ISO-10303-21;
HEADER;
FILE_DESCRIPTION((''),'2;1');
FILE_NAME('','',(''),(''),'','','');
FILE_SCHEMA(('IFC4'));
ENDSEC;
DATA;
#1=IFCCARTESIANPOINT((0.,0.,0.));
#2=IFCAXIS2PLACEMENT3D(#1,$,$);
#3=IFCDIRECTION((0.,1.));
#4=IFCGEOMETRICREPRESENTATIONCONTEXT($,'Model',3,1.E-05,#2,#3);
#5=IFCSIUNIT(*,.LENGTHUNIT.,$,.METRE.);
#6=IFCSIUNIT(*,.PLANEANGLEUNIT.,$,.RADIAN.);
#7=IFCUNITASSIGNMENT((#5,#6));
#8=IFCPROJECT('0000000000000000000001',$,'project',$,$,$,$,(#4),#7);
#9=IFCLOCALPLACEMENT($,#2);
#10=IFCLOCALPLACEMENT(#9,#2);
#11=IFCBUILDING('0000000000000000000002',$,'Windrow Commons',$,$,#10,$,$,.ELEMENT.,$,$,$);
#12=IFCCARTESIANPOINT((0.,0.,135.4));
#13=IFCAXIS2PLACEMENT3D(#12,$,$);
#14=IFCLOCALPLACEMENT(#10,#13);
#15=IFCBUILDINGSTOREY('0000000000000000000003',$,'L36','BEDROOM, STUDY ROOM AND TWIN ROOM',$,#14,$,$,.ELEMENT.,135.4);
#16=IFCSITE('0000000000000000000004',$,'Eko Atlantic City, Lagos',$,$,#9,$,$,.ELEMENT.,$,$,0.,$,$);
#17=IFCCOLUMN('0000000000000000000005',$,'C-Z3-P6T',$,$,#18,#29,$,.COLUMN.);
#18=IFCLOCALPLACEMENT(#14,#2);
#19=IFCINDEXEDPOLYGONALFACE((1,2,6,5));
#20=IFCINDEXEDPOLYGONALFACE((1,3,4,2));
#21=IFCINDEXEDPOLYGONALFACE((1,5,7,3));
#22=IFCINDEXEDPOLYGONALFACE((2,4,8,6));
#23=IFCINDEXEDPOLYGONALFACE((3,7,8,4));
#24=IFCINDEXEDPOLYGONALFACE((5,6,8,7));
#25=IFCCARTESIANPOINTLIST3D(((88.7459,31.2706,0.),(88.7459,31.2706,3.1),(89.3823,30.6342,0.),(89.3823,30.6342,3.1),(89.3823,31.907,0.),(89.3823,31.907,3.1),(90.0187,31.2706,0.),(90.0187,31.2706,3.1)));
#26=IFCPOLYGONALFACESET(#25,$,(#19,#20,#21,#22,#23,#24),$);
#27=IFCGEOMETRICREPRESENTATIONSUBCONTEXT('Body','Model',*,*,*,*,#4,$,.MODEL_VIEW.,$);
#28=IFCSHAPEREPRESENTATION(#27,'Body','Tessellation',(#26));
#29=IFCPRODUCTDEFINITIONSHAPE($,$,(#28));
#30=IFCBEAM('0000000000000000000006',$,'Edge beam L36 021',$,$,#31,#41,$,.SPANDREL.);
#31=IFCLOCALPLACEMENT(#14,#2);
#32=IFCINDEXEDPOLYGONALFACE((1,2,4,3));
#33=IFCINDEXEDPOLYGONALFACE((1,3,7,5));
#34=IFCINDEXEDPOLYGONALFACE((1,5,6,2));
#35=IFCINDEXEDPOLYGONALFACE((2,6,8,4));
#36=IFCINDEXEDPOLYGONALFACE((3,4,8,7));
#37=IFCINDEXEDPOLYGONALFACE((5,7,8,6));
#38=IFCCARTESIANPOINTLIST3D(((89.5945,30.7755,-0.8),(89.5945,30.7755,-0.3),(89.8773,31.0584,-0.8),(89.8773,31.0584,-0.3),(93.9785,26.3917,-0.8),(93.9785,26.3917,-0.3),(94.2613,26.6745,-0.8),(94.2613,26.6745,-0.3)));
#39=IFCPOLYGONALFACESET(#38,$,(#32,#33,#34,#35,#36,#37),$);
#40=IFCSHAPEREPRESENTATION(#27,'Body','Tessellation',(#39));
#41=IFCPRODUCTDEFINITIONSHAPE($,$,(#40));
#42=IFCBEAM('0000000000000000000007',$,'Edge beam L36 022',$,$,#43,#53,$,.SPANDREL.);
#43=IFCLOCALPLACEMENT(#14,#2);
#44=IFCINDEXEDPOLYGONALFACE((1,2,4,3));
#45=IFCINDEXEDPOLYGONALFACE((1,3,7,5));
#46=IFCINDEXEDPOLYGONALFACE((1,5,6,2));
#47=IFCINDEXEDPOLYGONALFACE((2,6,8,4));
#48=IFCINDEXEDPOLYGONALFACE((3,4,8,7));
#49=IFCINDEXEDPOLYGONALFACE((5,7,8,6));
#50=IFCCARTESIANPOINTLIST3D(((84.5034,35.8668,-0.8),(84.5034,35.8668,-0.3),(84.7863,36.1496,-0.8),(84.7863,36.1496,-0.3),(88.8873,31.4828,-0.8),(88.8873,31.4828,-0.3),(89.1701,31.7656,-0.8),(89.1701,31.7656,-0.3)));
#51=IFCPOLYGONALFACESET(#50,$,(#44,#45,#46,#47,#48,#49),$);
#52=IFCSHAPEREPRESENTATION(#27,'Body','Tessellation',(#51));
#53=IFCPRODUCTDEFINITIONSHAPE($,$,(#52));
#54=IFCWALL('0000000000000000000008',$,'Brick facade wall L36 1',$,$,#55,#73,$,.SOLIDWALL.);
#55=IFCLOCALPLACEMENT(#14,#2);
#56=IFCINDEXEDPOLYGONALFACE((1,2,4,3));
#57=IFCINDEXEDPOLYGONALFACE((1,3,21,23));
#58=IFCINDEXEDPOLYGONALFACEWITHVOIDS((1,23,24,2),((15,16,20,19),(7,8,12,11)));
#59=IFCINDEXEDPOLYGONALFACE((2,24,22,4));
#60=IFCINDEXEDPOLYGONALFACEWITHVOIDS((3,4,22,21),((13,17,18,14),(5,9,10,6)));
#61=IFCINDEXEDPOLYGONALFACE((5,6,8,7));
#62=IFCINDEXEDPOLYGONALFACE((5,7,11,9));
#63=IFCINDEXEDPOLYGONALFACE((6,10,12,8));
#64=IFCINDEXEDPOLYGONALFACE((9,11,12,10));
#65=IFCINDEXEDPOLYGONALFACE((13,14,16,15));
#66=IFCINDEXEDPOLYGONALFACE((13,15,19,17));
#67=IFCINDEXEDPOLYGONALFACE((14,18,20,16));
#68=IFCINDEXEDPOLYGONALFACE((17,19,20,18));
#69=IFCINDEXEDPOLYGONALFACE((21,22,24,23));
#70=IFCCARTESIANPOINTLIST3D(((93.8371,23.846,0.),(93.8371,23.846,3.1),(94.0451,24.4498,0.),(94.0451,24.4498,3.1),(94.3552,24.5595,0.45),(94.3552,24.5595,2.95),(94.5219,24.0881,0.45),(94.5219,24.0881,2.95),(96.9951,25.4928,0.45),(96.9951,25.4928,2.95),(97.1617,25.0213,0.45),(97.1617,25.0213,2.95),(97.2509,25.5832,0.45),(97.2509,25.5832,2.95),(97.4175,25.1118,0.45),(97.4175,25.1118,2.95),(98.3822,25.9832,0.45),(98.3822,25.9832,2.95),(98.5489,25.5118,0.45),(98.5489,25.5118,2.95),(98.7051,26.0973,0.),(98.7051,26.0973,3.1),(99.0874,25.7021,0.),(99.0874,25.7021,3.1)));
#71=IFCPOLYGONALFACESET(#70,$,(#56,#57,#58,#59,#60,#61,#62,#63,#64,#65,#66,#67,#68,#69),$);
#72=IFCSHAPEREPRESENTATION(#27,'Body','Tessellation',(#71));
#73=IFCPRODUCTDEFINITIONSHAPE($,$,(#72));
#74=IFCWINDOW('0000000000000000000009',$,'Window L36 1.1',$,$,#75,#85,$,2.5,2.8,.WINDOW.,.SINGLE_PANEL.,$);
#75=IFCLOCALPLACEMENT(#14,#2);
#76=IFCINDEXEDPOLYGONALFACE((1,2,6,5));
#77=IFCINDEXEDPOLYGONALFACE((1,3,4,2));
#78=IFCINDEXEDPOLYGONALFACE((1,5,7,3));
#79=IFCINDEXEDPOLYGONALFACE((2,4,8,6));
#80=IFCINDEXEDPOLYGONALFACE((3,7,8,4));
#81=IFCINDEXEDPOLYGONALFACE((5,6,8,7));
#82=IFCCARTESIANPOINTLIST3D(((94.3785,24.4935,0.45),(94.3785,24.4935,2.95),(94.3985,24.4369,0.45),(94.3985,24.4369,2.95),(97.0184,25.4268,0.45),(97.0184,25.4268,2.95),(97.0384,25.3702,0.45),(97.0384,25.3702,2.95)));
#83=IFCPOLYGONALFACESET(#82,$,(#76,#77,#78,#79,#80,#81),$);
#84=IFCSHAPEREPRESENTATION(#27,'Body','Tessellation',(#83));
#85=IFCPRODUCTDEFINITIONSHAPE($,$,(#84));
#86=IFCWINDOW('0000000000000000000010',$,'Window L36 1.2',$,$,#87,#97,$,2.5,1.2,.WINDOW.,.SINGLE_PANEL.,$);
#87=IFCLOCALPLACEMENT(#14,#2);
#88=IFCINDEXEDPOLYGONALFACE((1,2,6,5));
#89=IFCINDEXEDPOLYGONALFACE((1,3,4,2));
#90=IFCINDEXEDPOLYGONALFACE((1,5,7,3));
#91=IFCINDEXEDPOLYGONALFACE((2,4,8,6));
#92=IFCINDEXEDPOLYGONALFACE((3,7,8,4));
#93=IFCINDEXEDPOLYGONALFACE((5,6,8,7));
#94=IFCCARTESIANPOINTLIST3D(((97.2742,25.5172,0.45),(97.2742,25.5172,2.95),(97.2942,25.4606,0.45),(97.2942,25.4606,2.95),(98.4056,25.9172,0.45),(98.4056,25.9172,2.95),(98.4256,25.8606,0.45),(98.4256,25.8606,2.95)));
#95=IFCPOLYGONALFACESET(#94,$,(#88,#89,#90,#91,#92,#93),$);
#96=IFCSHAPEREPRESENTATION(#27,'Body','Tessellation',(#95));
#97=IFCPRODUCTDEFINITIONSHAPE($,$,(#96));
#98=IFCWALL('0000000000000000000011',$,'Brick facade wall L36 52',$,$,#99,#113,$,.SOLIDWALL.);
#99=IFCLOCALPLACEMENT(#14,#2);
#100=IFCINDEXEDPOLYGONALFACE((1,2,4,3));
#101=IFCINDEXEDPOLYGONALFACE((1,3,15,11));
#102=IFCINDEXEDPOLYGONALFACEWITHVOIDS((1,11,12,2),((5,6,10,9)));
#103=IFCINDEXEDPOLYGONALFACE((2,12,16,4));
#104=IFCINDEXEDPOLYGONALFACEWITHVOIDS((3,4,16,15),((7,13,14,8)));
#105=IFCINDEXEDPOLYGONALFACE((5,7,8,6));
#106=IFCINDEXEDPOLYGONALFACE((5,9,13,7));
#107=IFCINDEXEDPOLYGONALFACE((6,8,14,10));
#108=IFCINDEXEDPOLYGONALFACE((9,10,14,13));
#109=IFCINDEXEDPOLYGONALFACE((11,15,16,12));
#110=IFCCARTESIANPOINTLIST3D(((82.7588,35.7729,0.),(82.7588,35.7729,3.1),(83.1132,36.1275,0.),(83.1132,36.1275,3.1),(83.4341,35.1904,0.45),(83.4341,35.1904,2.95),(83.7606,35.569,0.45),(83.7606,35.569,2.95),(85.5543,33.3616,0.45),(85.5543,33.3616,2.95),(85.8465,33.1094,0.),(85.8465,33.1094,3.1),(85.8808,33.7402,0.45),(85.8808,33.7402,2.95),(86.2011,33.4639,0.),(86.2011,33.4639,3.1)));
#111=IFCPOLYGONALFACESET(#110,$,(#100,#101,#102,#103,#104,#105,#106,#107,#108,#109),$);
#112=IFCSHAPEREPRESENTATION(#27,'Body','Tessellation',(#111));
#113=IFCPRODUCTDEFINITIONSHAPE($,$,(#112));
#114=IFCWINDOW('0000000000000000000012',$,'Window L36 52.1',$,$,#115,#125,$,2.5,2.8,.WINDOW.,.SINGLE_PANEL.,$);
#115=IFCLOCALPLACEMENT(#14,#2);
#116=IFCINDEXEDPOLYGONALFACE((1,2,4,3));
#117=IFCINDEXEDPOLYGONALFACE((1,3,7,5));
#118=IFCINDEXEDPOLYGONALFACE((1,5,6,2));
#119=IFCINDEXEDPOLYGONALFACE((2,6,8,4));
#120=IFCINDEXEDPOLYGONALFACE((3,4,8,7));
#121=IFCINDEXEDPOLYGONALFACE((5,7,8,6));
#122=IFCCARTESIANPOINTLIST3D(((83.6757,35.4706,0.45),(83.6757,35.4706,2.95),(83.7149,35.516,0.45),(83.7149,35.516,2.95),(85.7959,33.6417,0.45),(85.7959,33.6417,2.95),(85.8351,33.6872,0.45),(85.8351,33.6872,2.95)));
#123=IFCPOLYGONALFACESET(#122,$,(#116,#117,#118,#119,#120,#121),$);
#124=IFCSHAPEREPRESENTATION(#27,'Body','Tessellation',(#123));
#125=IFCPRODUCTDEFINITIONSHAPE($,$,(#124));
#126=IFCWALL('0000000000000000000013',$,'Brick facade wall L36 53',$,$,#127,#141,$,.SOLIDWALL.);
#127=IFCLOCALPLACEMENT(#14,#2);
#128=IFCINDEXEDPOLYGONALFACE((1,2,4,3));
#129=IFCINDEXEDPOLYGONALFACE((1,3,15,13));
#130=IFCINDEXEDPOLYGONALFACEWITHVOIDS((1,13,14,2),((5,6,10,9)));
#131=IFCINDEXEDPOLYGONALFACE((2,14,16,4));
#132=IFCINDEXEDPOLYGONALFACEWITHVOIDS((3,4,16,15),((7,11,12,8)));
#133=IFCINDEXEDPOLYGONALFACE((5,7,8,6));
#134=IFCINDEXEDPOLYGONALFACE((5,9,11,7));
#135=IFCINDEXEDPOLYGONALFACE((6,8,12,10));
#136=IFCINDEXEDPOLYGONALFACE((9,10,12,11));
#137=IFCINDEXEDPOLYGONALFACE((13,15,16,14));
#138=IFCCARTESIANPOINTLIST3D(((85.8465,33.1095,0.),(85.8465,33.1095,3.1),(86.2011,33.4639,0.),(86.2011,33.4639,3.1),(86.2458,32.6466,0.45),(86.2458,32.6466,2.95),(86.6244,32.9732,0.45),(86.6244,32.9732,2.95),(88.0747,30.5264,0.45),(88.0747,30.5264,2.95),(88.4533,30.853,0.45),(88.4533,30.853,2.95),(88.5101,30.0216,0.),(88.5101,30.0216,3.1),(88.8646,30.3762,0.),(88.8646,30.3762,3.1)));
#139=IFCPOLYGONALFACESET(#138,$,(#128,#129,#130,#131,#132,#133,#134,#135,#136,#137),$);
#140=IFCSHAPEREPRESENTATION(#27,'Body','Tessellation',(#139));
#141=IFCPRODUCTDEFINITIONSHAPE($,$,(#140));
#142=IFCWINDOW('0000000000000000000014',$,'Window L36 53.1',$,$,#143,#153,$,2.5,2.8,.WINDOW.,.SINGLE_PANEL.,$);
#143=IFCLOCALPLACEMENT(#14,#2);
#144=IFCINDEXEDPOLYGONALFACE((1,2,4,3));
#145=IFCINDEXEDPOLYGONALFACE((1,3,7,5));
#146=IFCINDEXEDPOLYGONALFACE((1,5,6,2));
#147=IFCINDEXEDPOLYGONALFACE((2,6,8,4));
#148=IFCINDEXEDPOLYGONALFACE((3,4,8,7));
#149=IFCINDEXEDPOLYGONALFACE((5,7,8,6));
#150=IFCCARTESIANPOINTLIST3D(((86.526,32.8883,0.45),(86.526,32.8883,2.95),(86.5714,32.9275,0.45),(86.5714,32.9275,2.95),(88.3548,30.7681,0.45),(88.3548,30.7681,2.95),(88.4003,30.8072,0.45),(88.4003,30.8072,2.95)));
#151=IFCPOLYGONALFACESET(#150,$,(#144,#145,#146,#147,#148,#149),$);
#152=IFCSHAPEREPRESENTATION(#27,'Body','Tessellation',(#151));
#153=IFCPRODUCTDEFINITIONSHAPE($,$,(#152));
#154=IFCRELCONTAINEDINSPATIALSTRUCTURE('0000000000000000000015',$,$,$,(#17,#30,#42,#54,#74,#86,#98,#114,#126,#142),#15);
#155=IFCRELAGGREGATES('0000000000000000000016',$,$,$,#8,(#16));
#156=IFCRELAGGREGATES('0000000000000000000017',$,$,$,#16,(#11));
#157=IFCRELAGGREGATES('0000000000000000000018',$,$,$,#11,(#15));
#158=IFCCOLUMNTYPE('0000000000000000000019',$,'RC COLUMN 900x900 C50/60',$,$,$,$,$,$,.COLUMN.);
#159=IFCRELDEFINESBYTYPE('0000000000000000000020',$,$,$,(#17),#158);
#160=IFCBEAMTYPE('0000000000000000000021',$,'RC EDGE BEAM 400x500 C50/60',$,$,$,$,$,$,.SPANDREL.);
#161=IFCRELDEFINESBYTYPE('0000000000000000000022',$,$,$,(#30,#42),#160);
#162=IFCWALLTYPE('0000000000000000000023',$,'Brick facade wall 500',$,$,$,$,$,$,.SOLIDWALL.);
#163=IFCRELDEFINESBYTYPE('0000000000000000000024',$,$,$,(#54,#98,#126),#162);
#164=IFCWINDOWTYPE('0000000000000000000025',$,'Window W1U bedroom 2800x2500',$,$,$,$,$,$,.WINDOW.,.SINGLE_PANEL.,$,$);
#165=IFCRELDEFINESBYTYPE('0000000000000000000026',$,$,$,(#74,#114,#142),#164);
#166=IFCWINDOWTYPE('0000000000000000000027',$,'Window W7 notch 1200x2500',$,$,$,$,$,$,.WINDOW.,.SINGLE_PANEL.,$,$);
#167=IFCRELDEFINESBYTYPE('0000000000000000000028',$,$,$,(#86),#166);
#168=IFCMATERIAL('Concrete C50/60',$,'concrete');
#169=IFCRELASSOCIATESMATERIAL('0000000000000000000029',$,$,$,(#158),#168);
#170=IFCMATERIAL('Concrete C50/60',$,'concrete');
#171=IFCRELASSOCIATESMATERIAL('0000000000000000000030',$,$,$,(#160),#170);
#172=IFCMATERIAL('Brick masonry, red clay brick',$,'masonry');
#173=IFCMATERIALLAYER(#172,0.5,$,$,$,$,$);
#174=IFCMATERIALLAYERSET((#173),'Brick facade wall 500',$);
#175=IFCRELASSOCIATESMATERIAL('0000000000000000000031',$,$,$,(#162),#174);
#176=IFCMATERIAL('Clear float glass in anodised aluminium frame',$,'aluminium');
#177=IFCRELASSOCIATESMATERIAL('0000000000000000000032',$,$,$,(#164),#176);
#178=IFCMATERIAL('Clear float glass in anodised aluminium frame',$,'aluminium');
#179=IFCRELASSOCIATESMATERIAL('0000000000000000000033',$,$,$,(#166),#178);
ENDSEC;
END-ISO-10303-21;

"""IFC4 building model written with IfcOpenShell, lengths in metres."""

from ifc_helpers import new_model, si_unit, direction, frame, frame_2d, origin, origin_2d, place, context, subcontext, project, spatial, polyline, rectangle, outline, extrude, material, layer, layer_set, material_profile, profile_set, type_object, element, fill, save


model = new_model("IFC4")

# Units and contexts
model_context = context("Model", 3, precision=1e-05, world=origin(), true_north=direction((0.0, 1.0)))
body_context = subcontext(model_context, "Body", "Model", "MODEL_VIEW")
ifc_project = project(units=[si_unit("LENGTHUNIT", "METRE"), si_unit("PLANEANGLEUNIT", "RADIAN")], contexts=[model_context])

# Site, building, storey
site_placement = place(None, origin())
site = spatial("IfcSite", under=ifc_project, at=site_placement, Name="Eko Atlantic City, Lagos", CompositionType="ELEMENT", RefElevation=0.0)
building_placement = place(site_placement, origin())
building = spatial("IfcBuilding", under=site, at=building_placement, Name="Windrow Commons", CompositionType="ELEMENT")
storey_placement = place(building_placement, frame((0.0, 0.0, 135.4)))
storey = spatial("IfcBuildingStorey", under=building, at=storey_placement, Name="L36", Description="BEDROOM, STUDY ROOM AND TWIN ROOM", CompositionType="ELEMENT", Elevation=135.4)

# Column
ifc_material_1 = material(Name="Concrete C50/60", Category="concrete")
ifc_material_profile_1 = material_profile(ifc_material_1, rectangle(XDim=0.9, YDim=0.9, at=origin_2d()))
ifc_profile_set_1 = profile_set([ifc_material_profile_1], Name="Concrete C50/60")
column_type = type_object("IfcColumnType", Name="RC COLUMN 900x900 C50/60", PredefinedType="COLUMN", material=ifc_profile_set_1)
column_placement = place(storey_placement, frame((89.3823, 31.2706, 0.0), z_axis=(0.0, 0.0, 1.0), x_axis=(0.707107, -0.707107, 0.0)))
element("IfcColumn", 1, at=column_placement, inside=storey, type_object=column_type, Name="C-Z3-P6T", PredefinedType="COLUMN", context=body_context, shape_type="SweptSolid", body=[
    extrude(rectangle(XDim=0.9, YDim=0.9, at=origin_2d()), origin(), (0.0, 0.0, 1.0), 3.1),
])

# Beams
ifc_material_2 = material(Name="Concrete C50/60", Category="concrete")
ifc_material_profile_2 = material_profile(ifc_material_2, rectangle(XDim=0.4, YDim=0.5, at=origin_2d()))
ifc_profile_set_2 = profile_set([ifc_material_profile_2], Name="Concrete C50/60")
beam_type = type_object("IfcBeamType", Name="RC EDGE BEAM 400x500 C50/60", PredefinedType="SPANDREL", material=ifc_profile_set_2)
for number, where, z_axis, x_axis, name in (
    (2, (94.1199, 26.5331, -0.55), (-0.707115, 0.707099, 0.0), (-0.707099, -0.707115, 0.0), "Edge beam L36 021"),
    (3, (89.0287, 31.6242, -0.55), (-0.707099, 0.707115, 0.0), (-0.707115, -0.707099, 0.0), "Edge beam L36 022"),
):
    element("IfcBeam", number, at=place(storey_placement, frame(where, z_axis=z_axis, x_axis=x_axis)), inside=storey, type_object=beam_type, Name=name, PredefinedType="SPANDREL", context=body_context, shape_type="SweptSolid", body=[
        extrude(rectangle(XDim=0.4, YDim=0.5, at=origin_2d()), origin(), (0.0, 0.0, 1.0), 6.1998),
    ])

# Wall, openings, windows
ifc_material_3 = material(Name="Brick masonry, red clay brick", Category="masonry")
ifc_layer_1 = layer(ifc_material_3, 0.5)
ifc_layer_set_1 = layer_set([ifc_layer_1], Name="Brick facade wall 500")
wall_type_1 = type_object("IfcWallType", Name="Brick facade wall 500", PredefinedType="SOLIDWALL", material=ifc_layer_set_1)
wall_1_placement = place(storey_placement, frame((93.9411, 24.1479, 0.0), z_axis=(0.0, 0.0, 1.0), x_axis=(0.942815, 0.333318, 0.0)))
wall_1 = element("IfcWall", 4, at=wall_1_placement, inside=storey, type_object=wall_type_1, Name="Brick facade wall L36 1", PredefinedType="SOLIDWALL", context=body_context, shape_type="SweptSolid", body=[
    extrude(outline(polyline([(-0.1987, -0.25), (5.3701, -0.25), (5.1413, 0.25), (0.1987, 0.25), (-0.1987, -0.25)])), origin(), (0.0, 0.0, 1.0), 3.1),
])
opening_1_placement = place(wall_1_placement, frame((0.5276, 0.0, 0.45)))
opening_1 = element("IfcOpeningElement", 5, at=opening_1_placement, cuts=wall_1, PredefinedType="OPENING", context=body_context, shape_type="SweptSolid", body=[
    extrude(rectangle(XDim=2.8, YDim=2.5, at=frame_2d((1.4, 1.25))), frame((0.0, 0.26, 0.0), z_axis=(0.0, -1.0, 0.0), x_axis=(1.0, 0.0, 0.0)), (0.0, 0.0, 1.0), 0.52),
])
opening_2_placement = place(wall_1_placement, frame((3.5989, 0.0, 0.45)))
opening_2 = element("IfcOpeningElement", 6, at=opening_2_placement, cuts=wall_1, PredefinedType="OPENING", context=body_context, shape_type="SweptSolid", body=[
    extrude(rectangle(XDim=1.2, YDim=2.5, at=frame_2d((0.6, 1.25))), frame((0.0, 0.26, 0.0), z_axis=(0.0, -1.0, 0.0), x_axis=(1.0, 0.0, 0.0)), (0.0, 0.0, 1.0), 0.52),
])
ifc_material_4 = material(Name="Clear float glass in anodised aluminium frame", Category="aluminium")
window_type_1 = type_object("IfcWindowType", Name="Window W1U bedroom 2800x2500", PartitioningType="SINGLE_PANEL", PredefinedType="WINDOW", material=ifc_material_4)
window_1_placement = place(opening_1_placement, origin())
window_1 = element("IfcWindow", 7, at=window_1_placement, inside=storey, type_object=window_type_1, Name="Window L36 1.1", OverallHeight=2.5, OverallWidth=2.8, PartitioningType="SINGLE_PANEL", PredefinedType="WINDOW", context=body_context, shape_type="SweptSolid", body=[
    extrude(rectangle(XDim=2.8, YDim=2.5, at=frame_2d((1.4, 1.25))), frame((0.0, 0.18, 0.0), z_axis=(0.0, -1.0, 0.0), x_axis=(1.0, 0.0, 0.0)), (0.0, 0.0, 1.0), 0.06),
])
fill(opening_1, window_1)
ifc_material_5 = material(Name="Clear float glass in anodised aluminium frame", Category="aluminium")
window_type_2 = type_object("IfcWindowType", Name="Window W7 notch 1200x2500", PartitioningType="SINGLE_PANEL", PredefinedType="WINDOW", material=ifc_material_5)
window_2_placement = place(opening_2_placement, origin())
window_2 = element("IfcWindow", 8, at=window_2_placement, inside=storey, type_object=window_type_2, Name="Window L36 1.2", OverallHeight=2.5, OverallWidth=1.2, PartitioningType="SINGLE_PANEL", PredefinedType="WINDOW", context=body_context, shape_type="SweptSolid", body=[
    extrude(rectangle(XDim=1.2, YDim=2.5, at=frame_2d((0.6, 1.25))), frame((0.0, 0.18, 0.0), z_axis=(0.0, -1.0, 0.0), x_axis=(1.0, 0.0, 0.0)), (0.0, 0.0, 1.0), 0.06),
])
fill(opening_2, window_2)

# Walls, openings, windows
wall_2_placement = place(storey_placement, frame((82.936, 35.9502, 0.0), z_axis=(0.0, 0.0, 1.0), x_axis=(0.757215, -0.653165, 0.0)))
wall_2 = element("IfcWall", 9, at=wall_2_placement, inside=storey, type_object=wall_type_1, Name="Brick facade wall L36 52", PredefinedType="SOLIDWALL", context=body_context, shape_type="SweptSolid", body=[
    extrude(outline(polyline([(-0.0184, -0.25), (4.0594, -0.25), (4.0963, 0.25), (0.0184, 0.25), (-0.0184, -0.25)])), origin(), (0.0, 0.0, 1.0), 3.1),
])
opening_3_placement = place(wall_2_placement, frame((0.8734, 0.0, 0.45)))
opening_3 = element("IfcOpeningElement", 10, at=opening_3_placement, cuts=wall_2, PredefinedType="OPENING", context=body_context, shape_type="SweptSolid", body=[
    extrude(rectangle(XDim=2.8, YDim=2.5, at=frame_2d((1.4, 1.25))), frame((0.0, 0.26, 0.0), z_axis=(0.0, -1.0, 0.0), x_axis=(1.0, 0.0, 0.0)), (0.0, 0.0, 1.0), 0.52),
])
window_3_placement = place(opening_3_placement, origin())
window_3 = element("IfcWindow", 11, at=window_3_placement, inside=storey, type_object=window_type_1, Name="Window L36 52.1", OverallHeight=2.5, OverallWidth=2.8, PartitioningType="SINGLE_PANEL", PredefinedType="WINDOW", context=body_context, shape_type="SweptSolid", body=[
    extrude(rectangle(XDim=2.8, YDim=2.5, at=frame_2d((1.4, 1.25))), frame((0.0, 0.18, 0.0), z_axis=(0.0, -1.0, 0.0), x_axis=(1.0, 0.0, 0.0)), (0.0, 0.0, 1.0), 0.06),
])
fill(opening_3, window_3)
wall_3_placement = place(storey_placement, frame((86.0238, 33.2867, 0.0), z_axis=(0.0, 0.0, 1.0), x_axis=(0.653165, -0.757215, 0.0)))
wall_3 = element("IfcWall", 12, at=wall_3_placement, inside=storey, type_object=wall_type_1, Name="Brick facade wall L36 53", PredefinedType="SOLIDWALL", context=body_context, shape_type="SweptSolid", body=[
    extrude(outline(polyline([(0.0184, -0.25), (4.0963, -0.25), (4.0594, 0.25), (-0.0184, 0.25), (0.0184, -0.25)])), origin(), (0.0, 0.0, 1.0), 3.1),
])
opening_4_placement = place(wall_3_placement, frame((0.6297, 0.0, 0.45)))
opening_4 = element("IfcOpeningElement", 13, at=opening_4_placement, cuts=wall_3, PredefinedType="OPENING", context=body_context, shape_type="SweptSolid", body=[
    extrude(rectangle(XDim=2.8, YDim=2.5, at=frame_2d((1.4, 1.25))), frame((0.0, 0.26, 0.0), z_axis=(0.0, -1.0, 0.0), x_axis=(1.0, 0.0, 0.0)), (0.0, 0.0, 1.0), 0.52),
])
window_4_placement = place(opening_4_placement, origin())
window_4 = element("IfcWindow", 14, at=window_4_placement, inside=storey, type_object=window_type_1, Name="Window L36 53.1", OverallHeight=2.5, OverallWidth=2.8, PartitioningType="SINGLE_PANEL", PredefinedType="WINDOW", context=body_context, shape_type="SweptSolid", body=[
    extrude(rectangle(XDim=2.8, YDim=2.5, at=frame_2d((1.4, 1.25))), frame((0.0, 0.18, 0.0), z_axis=(0.0, -1.0, 0.0), x_axis=(1.0, 0.0, 0.0)), (0.0, 0.0, 1.0), 0.06),
])
fill(opening_4, window_4)

save(model, "model.ifc")
